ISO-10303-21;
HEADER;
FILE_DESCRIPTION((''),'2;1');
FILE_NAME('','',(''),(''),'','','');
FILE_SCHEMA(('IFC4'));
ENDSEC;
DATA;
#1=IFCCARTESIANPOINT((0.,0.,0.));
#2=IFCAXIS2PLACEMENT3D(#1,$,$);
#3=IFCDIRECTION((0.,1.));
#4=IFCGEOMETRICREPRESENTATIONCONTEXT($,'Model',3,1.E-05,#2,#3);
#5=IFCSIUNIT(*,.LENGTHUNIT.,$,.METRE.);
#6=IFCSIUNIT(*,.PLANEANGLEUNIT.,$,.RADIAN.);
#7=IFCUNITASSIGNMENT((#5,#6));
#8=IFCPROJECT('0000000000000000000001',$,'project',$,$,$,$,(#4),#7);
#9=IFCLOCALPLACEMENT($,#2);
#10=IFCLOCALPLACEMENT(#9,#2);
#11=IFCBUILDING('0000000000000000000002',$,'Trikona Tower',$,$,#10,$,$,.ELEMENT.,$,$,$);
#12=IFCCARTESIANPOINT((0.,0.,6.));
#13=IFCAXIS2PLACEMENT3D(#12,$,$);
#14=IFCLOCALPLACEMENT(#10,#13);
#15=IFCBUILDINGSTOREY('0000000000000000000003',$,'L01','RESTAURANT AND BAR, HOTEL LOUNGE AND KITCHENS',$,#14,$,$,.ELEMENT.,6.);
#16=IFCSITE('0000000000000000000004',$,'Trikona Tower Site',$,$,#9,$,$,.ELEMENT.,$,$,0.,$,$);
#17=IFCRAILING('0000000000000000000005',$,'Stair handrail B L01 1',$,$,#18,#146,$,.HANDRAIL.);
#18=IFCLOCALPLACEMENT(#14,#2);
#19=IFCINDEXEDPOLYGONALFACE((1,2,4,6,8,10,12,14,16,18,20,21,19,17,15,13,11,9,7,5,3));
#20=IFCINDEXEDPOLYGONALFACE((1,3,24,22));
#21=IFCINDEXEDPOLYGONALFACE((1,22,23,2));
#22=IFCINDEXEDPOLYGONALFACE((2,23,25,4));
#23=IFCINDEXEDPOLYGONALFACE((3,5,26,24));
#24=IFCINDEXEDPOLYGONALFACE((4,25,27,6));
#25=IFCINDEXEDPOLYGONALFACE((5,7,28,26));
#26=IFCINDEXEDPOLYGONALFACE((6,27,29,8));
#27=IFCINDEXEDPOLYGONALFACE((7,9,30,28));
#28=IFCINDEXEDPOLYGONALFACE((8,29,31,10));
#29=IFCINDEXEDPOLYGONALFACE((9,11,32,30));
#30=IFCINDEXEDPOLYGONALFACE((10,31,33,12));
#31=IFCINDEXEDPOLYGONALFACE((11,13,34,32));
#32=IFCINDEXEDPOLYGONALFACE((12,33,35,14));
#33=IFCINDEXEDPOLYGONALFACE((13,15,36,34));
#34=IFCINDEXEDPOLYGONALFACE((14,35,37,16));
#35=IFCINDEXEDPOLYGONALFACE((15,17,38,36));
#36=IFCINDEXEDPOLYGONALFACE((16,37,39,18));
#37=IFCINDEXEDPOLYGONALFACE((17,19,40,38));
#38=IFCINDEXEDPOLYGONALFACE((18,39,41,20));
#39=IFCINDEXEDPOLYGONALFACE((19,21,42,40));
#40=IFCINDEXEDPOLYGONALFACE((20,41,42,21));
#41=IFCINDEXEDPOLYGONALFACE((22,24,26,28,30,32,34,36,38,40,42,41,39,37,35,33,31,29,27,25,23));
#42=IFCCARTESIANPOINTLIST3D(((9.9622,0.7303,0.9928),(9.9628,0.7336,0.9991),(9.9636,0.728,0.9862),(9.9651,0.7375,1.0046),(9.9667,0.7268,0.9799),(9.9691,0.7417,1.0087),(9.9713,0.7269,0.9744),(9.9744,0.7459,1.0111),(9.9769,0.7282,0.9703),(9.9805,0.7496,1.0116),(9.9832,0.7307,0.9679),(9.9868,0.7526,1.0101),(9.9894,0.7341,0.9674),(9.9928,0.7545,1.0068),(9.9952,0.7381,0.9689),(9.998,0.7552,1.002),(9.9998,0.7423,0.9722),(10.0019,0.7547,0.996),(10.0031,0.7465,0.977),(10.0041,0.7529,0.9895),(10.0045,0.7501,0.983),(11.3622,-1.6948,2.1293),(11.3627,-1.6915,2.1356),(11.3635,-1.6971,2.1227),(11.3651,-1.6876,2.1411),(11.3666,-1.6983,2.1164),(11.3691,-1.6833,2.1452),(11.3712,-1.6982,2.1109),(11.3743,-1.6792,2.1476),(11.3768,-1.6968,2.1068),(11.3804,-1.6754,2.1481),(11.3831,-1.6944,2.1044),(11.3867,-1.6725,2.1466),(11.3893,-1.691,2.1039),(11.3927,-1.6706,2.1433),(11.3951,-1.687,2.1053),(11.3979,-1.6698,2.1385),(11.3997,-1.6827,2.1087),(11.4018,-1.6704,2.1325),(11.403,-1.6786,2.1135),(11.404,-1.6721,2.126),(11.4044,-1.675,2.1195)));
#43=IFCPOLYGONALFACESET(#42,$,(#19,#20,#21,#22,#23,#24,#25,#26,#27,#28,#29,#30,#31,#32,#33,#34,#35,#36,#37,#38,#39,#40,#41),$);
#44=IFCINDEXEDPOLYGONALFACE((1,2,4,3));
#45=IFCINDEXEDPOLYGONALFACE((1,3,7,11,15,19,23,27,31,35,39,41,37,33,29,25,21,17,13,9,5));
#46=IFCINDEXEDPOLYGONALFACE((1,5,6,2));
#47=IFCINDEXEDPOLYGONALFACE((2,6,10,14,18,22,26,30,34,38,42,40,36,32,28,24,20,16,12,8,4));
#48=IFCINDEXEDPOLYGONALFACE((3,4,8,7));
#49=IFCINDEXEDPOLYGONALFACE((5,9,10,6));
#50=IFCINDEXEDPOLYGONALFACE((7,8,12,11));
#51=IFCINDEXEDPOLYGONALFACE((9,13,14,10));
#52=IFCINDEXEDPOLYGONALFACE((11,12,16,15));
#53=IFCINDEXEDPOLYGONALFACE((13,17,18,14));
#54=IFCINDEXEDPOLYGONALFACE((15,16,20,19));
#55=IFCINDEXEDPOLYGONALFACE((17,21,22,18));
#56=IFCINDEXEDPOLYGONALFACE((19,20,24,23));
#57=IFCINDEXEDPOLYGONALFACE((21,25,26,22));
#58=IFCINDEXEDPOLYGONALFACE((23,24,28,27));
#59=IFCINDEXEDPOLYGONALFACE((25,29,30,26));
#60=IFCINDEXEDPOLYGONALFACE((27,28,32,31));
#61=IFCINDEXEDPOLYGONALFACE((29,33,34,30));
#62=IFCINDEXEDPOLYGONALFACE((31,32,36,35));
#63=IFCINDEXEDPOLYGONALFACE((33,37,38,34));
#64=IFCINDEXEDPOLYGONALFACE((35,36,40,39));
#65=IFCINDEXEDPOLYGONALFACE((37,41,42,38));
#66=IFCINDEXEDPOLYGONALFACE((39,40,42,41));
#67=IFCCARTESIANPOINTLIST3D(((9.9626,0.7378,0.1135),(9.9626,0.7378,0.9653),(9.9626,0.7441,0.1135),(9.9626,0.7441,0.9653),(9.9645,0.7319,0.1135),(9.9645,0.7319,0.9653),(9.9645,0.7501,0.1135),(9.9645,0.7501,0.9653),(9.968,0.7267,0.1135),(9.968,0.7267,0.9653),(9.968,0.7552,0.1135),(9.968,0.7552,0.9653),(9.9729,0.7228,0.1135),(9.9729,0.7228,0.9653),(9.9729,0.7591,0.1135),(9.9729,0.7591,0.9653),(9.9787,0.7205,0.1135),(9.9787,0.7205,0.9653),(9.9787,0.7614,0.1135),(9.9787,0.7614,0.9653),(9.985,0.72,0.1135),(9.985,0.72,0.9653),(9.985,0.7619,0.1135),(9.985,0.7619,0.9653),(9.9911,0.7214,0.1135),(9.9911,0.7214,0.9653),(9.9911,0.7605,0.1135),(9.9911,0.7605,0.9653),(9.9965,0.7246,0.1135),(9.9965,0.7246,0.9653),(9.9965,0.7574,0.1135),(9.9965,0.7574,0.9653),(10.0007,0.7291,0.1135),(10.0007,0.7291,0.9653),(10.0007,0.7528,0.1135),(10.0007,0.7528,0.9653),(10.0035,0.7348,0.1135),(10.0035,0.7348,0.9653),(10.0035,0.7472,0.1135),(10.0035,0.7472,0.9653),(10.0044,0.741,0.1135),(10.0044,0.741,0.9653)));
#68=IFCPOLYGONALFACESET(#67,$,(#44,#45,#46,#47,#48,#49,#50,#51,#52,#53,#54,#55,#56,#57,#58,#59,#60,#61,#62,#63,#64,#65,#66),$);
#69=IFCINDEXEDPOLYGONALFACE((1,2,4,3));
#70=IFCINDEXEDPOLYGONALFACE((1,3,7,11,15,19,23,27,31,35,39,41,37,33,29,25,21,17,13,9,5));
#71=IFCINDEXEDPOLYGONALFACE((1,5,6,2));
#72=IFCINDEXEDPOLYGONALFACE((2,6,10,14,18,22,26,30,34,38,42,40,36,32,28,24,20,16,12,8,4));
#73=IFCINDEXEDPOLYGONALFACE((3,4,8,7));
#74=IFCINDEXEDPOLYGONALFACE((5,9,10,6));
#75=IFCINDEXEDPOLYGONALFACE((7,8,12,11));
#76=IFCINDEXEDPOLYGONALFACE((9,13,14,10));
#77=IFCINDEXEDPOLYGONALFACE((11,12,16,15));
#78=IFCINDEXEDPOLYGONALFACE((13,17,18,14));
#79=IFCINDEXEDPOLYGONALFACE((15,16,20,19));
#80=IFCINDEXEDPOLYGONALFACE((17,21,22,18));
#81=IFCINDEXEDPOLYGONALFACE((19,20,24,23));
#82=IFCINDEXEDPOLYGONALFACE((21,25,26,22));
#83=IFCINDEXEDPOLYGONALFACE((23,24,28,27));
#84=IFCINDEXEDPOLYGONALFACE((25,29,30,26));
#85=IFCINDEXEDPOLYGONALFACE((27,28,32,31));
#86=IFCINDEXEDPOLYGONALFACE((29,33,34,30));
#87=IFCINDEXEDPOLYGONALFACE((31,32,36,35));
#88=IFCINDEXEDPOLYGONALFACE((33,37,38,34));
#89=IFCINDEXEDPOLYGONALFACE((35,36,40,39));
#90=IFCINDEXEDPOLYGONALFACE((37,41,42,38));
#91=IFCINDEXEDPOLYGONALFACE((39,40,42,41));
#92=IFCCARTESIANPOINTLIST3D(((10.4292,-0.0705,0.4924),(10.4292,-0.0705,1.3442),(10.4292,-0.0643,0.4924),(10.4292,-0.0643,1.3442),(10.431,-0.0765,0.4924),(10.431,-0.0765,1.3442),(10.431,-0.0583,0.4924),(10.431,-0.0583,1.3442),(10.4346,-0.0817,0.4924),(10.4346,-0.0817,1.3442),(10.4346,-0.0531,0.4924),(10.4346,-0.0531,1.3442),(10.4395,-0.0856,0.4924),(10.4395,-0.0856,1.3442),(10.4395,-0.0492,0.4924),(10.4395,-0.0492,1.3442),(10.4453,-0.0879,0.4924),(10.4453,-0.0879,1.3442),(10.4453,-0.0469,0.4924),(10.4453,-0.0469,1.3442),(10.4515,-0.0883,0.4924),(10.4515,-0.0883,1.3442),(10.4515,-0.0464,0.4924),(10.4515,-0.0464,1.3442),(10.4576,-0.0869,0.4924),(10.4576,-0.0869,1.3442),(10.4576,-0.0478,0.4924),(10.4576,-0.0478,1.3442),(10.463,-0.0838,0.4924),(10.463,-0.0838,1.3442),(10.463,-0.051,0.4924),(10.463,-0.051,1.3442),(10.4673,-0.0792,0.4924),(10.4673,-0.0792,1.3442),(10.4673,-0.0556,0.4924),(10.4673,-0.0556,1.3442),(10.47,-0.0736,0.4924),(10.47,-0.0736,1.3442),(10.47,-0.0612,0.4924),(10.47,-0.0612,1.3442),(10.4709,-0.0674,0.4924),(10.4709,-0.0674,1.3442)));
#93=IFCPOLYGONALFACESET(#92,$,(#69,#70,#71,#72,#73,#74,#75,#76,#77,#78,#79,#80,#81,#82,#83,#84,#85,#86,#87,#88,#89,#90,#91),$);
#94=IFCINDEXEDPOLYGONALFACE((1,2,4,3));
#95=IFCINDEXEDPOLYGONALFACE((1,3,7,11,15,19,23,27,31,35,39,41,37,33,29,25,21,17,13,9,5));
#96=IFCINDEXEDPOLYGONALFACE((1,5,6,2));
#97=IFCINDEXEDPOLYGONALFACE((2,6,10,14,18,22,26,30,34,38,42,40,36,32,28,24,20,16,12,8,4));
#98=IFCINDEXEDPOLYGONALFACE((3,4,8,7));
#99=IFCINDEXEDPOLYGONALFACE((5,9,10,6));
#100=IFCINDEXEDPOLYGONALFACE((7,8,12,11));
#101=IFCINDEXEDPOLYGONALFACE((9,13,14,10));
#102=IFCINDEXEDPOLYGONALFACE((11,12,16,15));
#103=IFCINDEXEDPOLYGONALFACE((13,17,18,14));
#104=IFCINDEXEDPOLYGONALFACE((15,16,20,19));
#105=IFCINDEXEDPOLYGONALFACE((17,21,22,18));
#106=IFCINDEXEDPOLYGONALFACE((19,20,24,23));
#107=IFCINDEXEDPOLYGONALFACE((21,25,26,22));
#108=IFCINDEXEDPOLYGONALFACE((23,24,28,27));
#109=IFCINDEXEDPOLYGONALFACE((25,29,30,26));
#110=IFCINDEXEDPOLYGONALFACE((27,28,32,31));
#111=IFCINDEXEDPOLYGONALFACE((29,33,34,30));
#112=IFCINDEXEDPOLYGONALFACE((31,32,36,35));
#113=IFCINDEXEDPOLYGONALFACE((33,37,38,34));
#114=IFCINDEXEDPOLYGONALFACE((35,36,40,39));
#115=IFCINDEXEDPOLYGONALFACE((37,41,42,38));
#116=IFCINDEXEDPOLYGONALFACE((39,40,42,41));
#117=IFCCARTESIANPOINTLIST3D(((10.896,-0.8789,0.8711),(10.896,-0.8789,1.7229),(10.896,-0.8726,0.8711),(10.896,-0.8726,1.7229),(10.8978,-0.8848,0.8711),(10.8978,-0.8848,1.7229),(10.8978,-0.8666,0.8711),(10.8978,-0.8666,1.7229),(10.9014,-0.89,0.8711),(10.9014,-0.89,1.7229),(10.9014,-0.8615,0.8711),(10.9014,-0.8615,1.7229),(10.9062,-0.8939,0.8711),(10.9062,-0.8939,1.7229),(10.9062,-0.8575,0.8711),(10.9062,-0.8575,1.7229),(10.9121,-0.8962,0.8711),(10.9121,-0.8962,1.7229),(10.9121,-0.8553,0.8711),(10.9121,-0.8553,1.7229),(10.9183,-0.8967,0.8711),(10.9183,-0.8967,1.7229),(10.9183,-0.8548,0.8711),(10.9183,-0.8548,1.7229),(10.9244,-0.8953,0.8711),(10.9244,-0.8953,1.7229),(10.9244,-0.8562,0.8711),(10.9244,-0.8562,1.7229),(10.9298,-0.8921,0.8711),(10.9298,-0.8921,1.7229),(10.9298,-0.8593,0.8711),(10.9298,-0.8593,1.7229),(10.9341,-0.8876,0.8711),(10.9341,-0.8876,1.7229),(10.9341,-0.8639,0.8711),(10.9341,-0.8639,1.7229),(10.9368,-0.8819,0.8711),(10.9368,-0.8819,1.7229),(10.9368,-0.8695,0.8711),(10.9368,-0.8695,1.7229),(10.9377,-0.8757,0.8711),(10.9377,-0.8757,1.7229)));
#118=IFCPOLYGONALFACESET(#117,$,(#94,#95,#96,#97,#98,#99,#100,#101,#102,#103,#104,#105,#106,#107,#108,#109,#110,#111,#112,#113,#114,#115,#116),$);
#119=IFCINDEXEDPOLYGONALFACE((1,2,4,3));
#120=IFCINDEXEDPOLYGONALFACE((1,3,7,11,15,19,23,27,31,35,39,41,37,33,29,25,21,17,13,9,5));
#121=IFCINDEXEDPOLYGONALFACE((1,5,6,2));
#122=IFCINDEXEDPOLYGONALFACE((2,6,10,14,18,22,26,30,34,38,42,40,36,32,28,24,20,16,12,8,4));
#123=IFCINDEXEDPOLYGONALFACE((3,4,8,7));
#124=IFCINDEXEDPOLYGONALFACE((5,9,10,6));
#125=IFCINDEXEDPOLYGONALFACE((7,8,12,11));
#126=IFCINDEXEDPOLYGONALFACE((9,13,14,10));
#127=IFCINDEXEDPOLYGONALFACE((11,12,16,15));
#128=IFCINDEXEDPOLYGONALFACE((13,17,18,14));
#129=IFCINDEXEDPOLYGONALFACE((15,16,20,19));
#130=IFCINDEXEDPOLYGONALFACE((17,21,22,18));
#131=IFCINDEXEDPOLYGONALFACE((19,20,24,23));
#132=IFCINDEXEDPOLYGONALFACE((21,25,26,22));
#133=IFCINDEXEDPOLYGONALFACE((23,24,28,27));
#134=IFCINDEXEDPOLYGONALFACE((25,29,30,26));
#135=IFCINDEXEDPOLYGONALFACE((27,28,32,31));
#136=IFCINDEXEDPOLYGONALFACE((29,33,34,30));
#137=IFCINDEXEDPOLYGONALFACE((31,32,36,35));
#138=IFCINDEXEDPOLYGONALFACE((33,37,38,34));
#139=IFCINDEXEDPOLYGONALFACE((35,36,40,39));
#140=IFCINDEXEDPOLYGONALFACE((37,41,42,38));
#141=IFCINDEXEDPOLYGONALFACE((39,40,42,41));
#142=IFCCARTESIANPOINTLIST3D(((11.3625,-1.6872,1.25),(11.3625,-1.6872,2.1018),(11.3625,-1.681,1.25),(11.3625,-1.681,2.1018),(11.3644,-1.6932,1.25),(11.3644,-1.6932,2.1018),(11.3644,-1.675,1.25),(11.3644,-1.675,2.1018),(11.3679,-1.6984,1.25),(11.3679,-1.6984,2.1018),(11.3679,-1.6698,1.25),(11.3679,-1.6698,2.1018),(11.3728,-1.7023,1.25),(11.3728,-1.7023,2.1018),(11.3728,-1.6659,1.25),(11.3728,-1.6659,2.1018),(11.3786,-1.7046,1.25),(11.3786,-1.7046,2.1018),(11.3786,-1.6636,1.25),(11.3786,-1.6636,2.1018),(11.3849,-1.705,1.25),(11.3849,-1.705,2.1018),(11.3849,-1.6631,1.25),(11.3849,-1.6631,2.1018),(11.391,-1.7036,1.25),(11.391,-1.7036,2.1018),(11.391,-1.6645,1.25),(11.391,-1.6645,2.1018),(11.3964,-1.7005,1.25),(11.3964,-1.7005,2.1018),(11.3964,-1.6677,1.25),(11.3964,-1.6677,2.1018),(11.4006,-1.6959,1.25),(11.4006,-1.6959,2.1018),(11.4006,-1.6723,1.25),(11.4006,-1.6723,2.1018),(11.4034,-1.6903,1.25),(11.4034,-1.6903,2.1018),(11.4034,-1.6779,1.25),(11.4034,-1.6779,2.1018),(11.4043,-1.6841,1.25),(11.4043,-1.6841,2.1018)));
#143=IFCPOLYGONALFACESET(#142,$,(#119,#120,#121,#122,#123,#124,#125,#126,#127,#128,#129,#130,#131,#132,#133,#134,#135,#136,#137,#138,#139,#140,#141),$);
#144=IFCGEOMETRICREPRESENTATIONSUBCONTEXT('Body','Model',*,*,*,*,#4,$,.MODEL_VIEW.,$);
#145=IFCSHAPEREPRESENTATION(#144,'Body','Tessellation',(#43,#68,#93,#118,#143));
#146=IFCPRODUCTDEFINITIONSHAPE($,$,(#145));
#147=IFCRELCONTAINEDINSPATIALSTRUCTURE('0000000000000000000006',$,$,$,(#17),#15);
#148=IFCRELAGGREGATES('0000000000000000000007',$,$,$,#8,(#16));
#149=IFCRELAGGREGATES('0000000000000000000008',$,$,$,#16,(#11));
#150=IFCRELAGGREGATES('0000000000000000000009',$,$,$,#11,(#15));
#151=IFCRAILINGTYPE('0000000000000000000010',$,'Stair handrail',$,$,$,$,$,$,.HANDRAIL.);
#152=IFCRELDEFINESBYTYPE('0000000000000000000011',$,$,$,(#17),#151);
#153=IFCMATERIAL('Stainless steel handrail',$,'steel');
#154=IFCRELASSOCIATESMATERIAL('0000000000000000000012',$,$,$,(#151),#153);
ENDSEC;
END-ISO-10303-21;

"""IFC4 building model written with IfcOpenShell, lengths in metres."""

from ifc_helpers import new_model, si_unit, direction, frame, origin, origin_2d, place, context, subcontext, project, spatial, circle, extrude, material, type_object, element, save


model = new_model("IFC4")

# Units and contexts
model_context = context("Model", 3, precision=1e-05, world=origin(), true_north=direction((0.0, 1.0)))
body_context = subcontext(model_context, "Body", "Model", "MODEL_VIEW")
ifc_project = project(units=[si_unit("LENGTHUNIT", "METRE"), si_unit("PLANEANGLEUNIT", "RADIAN")], contexts=[model_context])

# Site, building, storey
site_placement = place(None, origin())
site = spatial("IfcSite", under=ifc_project, at=site_placement, Name="Trikona Tower Site", CompositionType="ELEMENT", RefElevation=0.0)
building_placement = place(site_placement, origin())
building = spatial("IfcBuilding", under=site, at=building_placement, Name="Trikona Tower", CompositionType="ELEMENT")
storey_placement = place(building_placement, frame((0.0, 0.0, 6.0)))
storey = spatial("IfcBuildingStorey", under=building, at=storey_placement, Name="L01", Description="RESTAURANT AND BAR, HOTEL LOUNGE AND KITCHENS", CompositionType="ELEMENT", Elevation=6.0)

# Railing
ifc_material_1 = material(Name="Stainless steel handrail", Category="steel")
railing_type = type_object("IfcRailingType", Name="Stair handrail", PredefinedType="HANDRAIL", material=ifc_material_1)
for number, where, name in (
    (1, (9.9834, 0.741, 0.1135), "Stair handrail B L01 1"),
):
    element("IfcRailing", number, at=place(storey_placement, frame(where)), inside=storey, type_object=railing_type, Name=name, PredefinedType="HANDRAIL", context=body_context, shape_type="SweptSolid", body=[
        extrude(circle(Radius=0.0239, at=origin_2d()), frame((0.0, 0.0, 0.876), z_axis=(0.463245, -0.802479, 0.376074), x_axis=(0.866056, 0.499946, 0.0)), (0.0, 0.0, 1.0), 3.022),
        extrude(circle(Radius=0.021, at=origin_2d()), origin(), (0.0, 0.0, 1.0), 0.8518),
        extrude(circle(Radius=0.021, at=origin_2d()), frame((0.4666, -0.8083, 0.3789)), (0.0, 0.0, 1.0), 0.8518),
        extrude(circle(Radius=0.021, at=origin_2d()), frame((0.9333, -1.6167, 0.7576)), (0.0, 0.0, 1.0), 0.8518),
        extrude(circle(Radius=0.021, at=origin_2d()), frame((1.3999, -2.425, 1.1365)), (0.0, 0.0, 1.0), 0.8518),
    ])

save(model, "model.ifc")
